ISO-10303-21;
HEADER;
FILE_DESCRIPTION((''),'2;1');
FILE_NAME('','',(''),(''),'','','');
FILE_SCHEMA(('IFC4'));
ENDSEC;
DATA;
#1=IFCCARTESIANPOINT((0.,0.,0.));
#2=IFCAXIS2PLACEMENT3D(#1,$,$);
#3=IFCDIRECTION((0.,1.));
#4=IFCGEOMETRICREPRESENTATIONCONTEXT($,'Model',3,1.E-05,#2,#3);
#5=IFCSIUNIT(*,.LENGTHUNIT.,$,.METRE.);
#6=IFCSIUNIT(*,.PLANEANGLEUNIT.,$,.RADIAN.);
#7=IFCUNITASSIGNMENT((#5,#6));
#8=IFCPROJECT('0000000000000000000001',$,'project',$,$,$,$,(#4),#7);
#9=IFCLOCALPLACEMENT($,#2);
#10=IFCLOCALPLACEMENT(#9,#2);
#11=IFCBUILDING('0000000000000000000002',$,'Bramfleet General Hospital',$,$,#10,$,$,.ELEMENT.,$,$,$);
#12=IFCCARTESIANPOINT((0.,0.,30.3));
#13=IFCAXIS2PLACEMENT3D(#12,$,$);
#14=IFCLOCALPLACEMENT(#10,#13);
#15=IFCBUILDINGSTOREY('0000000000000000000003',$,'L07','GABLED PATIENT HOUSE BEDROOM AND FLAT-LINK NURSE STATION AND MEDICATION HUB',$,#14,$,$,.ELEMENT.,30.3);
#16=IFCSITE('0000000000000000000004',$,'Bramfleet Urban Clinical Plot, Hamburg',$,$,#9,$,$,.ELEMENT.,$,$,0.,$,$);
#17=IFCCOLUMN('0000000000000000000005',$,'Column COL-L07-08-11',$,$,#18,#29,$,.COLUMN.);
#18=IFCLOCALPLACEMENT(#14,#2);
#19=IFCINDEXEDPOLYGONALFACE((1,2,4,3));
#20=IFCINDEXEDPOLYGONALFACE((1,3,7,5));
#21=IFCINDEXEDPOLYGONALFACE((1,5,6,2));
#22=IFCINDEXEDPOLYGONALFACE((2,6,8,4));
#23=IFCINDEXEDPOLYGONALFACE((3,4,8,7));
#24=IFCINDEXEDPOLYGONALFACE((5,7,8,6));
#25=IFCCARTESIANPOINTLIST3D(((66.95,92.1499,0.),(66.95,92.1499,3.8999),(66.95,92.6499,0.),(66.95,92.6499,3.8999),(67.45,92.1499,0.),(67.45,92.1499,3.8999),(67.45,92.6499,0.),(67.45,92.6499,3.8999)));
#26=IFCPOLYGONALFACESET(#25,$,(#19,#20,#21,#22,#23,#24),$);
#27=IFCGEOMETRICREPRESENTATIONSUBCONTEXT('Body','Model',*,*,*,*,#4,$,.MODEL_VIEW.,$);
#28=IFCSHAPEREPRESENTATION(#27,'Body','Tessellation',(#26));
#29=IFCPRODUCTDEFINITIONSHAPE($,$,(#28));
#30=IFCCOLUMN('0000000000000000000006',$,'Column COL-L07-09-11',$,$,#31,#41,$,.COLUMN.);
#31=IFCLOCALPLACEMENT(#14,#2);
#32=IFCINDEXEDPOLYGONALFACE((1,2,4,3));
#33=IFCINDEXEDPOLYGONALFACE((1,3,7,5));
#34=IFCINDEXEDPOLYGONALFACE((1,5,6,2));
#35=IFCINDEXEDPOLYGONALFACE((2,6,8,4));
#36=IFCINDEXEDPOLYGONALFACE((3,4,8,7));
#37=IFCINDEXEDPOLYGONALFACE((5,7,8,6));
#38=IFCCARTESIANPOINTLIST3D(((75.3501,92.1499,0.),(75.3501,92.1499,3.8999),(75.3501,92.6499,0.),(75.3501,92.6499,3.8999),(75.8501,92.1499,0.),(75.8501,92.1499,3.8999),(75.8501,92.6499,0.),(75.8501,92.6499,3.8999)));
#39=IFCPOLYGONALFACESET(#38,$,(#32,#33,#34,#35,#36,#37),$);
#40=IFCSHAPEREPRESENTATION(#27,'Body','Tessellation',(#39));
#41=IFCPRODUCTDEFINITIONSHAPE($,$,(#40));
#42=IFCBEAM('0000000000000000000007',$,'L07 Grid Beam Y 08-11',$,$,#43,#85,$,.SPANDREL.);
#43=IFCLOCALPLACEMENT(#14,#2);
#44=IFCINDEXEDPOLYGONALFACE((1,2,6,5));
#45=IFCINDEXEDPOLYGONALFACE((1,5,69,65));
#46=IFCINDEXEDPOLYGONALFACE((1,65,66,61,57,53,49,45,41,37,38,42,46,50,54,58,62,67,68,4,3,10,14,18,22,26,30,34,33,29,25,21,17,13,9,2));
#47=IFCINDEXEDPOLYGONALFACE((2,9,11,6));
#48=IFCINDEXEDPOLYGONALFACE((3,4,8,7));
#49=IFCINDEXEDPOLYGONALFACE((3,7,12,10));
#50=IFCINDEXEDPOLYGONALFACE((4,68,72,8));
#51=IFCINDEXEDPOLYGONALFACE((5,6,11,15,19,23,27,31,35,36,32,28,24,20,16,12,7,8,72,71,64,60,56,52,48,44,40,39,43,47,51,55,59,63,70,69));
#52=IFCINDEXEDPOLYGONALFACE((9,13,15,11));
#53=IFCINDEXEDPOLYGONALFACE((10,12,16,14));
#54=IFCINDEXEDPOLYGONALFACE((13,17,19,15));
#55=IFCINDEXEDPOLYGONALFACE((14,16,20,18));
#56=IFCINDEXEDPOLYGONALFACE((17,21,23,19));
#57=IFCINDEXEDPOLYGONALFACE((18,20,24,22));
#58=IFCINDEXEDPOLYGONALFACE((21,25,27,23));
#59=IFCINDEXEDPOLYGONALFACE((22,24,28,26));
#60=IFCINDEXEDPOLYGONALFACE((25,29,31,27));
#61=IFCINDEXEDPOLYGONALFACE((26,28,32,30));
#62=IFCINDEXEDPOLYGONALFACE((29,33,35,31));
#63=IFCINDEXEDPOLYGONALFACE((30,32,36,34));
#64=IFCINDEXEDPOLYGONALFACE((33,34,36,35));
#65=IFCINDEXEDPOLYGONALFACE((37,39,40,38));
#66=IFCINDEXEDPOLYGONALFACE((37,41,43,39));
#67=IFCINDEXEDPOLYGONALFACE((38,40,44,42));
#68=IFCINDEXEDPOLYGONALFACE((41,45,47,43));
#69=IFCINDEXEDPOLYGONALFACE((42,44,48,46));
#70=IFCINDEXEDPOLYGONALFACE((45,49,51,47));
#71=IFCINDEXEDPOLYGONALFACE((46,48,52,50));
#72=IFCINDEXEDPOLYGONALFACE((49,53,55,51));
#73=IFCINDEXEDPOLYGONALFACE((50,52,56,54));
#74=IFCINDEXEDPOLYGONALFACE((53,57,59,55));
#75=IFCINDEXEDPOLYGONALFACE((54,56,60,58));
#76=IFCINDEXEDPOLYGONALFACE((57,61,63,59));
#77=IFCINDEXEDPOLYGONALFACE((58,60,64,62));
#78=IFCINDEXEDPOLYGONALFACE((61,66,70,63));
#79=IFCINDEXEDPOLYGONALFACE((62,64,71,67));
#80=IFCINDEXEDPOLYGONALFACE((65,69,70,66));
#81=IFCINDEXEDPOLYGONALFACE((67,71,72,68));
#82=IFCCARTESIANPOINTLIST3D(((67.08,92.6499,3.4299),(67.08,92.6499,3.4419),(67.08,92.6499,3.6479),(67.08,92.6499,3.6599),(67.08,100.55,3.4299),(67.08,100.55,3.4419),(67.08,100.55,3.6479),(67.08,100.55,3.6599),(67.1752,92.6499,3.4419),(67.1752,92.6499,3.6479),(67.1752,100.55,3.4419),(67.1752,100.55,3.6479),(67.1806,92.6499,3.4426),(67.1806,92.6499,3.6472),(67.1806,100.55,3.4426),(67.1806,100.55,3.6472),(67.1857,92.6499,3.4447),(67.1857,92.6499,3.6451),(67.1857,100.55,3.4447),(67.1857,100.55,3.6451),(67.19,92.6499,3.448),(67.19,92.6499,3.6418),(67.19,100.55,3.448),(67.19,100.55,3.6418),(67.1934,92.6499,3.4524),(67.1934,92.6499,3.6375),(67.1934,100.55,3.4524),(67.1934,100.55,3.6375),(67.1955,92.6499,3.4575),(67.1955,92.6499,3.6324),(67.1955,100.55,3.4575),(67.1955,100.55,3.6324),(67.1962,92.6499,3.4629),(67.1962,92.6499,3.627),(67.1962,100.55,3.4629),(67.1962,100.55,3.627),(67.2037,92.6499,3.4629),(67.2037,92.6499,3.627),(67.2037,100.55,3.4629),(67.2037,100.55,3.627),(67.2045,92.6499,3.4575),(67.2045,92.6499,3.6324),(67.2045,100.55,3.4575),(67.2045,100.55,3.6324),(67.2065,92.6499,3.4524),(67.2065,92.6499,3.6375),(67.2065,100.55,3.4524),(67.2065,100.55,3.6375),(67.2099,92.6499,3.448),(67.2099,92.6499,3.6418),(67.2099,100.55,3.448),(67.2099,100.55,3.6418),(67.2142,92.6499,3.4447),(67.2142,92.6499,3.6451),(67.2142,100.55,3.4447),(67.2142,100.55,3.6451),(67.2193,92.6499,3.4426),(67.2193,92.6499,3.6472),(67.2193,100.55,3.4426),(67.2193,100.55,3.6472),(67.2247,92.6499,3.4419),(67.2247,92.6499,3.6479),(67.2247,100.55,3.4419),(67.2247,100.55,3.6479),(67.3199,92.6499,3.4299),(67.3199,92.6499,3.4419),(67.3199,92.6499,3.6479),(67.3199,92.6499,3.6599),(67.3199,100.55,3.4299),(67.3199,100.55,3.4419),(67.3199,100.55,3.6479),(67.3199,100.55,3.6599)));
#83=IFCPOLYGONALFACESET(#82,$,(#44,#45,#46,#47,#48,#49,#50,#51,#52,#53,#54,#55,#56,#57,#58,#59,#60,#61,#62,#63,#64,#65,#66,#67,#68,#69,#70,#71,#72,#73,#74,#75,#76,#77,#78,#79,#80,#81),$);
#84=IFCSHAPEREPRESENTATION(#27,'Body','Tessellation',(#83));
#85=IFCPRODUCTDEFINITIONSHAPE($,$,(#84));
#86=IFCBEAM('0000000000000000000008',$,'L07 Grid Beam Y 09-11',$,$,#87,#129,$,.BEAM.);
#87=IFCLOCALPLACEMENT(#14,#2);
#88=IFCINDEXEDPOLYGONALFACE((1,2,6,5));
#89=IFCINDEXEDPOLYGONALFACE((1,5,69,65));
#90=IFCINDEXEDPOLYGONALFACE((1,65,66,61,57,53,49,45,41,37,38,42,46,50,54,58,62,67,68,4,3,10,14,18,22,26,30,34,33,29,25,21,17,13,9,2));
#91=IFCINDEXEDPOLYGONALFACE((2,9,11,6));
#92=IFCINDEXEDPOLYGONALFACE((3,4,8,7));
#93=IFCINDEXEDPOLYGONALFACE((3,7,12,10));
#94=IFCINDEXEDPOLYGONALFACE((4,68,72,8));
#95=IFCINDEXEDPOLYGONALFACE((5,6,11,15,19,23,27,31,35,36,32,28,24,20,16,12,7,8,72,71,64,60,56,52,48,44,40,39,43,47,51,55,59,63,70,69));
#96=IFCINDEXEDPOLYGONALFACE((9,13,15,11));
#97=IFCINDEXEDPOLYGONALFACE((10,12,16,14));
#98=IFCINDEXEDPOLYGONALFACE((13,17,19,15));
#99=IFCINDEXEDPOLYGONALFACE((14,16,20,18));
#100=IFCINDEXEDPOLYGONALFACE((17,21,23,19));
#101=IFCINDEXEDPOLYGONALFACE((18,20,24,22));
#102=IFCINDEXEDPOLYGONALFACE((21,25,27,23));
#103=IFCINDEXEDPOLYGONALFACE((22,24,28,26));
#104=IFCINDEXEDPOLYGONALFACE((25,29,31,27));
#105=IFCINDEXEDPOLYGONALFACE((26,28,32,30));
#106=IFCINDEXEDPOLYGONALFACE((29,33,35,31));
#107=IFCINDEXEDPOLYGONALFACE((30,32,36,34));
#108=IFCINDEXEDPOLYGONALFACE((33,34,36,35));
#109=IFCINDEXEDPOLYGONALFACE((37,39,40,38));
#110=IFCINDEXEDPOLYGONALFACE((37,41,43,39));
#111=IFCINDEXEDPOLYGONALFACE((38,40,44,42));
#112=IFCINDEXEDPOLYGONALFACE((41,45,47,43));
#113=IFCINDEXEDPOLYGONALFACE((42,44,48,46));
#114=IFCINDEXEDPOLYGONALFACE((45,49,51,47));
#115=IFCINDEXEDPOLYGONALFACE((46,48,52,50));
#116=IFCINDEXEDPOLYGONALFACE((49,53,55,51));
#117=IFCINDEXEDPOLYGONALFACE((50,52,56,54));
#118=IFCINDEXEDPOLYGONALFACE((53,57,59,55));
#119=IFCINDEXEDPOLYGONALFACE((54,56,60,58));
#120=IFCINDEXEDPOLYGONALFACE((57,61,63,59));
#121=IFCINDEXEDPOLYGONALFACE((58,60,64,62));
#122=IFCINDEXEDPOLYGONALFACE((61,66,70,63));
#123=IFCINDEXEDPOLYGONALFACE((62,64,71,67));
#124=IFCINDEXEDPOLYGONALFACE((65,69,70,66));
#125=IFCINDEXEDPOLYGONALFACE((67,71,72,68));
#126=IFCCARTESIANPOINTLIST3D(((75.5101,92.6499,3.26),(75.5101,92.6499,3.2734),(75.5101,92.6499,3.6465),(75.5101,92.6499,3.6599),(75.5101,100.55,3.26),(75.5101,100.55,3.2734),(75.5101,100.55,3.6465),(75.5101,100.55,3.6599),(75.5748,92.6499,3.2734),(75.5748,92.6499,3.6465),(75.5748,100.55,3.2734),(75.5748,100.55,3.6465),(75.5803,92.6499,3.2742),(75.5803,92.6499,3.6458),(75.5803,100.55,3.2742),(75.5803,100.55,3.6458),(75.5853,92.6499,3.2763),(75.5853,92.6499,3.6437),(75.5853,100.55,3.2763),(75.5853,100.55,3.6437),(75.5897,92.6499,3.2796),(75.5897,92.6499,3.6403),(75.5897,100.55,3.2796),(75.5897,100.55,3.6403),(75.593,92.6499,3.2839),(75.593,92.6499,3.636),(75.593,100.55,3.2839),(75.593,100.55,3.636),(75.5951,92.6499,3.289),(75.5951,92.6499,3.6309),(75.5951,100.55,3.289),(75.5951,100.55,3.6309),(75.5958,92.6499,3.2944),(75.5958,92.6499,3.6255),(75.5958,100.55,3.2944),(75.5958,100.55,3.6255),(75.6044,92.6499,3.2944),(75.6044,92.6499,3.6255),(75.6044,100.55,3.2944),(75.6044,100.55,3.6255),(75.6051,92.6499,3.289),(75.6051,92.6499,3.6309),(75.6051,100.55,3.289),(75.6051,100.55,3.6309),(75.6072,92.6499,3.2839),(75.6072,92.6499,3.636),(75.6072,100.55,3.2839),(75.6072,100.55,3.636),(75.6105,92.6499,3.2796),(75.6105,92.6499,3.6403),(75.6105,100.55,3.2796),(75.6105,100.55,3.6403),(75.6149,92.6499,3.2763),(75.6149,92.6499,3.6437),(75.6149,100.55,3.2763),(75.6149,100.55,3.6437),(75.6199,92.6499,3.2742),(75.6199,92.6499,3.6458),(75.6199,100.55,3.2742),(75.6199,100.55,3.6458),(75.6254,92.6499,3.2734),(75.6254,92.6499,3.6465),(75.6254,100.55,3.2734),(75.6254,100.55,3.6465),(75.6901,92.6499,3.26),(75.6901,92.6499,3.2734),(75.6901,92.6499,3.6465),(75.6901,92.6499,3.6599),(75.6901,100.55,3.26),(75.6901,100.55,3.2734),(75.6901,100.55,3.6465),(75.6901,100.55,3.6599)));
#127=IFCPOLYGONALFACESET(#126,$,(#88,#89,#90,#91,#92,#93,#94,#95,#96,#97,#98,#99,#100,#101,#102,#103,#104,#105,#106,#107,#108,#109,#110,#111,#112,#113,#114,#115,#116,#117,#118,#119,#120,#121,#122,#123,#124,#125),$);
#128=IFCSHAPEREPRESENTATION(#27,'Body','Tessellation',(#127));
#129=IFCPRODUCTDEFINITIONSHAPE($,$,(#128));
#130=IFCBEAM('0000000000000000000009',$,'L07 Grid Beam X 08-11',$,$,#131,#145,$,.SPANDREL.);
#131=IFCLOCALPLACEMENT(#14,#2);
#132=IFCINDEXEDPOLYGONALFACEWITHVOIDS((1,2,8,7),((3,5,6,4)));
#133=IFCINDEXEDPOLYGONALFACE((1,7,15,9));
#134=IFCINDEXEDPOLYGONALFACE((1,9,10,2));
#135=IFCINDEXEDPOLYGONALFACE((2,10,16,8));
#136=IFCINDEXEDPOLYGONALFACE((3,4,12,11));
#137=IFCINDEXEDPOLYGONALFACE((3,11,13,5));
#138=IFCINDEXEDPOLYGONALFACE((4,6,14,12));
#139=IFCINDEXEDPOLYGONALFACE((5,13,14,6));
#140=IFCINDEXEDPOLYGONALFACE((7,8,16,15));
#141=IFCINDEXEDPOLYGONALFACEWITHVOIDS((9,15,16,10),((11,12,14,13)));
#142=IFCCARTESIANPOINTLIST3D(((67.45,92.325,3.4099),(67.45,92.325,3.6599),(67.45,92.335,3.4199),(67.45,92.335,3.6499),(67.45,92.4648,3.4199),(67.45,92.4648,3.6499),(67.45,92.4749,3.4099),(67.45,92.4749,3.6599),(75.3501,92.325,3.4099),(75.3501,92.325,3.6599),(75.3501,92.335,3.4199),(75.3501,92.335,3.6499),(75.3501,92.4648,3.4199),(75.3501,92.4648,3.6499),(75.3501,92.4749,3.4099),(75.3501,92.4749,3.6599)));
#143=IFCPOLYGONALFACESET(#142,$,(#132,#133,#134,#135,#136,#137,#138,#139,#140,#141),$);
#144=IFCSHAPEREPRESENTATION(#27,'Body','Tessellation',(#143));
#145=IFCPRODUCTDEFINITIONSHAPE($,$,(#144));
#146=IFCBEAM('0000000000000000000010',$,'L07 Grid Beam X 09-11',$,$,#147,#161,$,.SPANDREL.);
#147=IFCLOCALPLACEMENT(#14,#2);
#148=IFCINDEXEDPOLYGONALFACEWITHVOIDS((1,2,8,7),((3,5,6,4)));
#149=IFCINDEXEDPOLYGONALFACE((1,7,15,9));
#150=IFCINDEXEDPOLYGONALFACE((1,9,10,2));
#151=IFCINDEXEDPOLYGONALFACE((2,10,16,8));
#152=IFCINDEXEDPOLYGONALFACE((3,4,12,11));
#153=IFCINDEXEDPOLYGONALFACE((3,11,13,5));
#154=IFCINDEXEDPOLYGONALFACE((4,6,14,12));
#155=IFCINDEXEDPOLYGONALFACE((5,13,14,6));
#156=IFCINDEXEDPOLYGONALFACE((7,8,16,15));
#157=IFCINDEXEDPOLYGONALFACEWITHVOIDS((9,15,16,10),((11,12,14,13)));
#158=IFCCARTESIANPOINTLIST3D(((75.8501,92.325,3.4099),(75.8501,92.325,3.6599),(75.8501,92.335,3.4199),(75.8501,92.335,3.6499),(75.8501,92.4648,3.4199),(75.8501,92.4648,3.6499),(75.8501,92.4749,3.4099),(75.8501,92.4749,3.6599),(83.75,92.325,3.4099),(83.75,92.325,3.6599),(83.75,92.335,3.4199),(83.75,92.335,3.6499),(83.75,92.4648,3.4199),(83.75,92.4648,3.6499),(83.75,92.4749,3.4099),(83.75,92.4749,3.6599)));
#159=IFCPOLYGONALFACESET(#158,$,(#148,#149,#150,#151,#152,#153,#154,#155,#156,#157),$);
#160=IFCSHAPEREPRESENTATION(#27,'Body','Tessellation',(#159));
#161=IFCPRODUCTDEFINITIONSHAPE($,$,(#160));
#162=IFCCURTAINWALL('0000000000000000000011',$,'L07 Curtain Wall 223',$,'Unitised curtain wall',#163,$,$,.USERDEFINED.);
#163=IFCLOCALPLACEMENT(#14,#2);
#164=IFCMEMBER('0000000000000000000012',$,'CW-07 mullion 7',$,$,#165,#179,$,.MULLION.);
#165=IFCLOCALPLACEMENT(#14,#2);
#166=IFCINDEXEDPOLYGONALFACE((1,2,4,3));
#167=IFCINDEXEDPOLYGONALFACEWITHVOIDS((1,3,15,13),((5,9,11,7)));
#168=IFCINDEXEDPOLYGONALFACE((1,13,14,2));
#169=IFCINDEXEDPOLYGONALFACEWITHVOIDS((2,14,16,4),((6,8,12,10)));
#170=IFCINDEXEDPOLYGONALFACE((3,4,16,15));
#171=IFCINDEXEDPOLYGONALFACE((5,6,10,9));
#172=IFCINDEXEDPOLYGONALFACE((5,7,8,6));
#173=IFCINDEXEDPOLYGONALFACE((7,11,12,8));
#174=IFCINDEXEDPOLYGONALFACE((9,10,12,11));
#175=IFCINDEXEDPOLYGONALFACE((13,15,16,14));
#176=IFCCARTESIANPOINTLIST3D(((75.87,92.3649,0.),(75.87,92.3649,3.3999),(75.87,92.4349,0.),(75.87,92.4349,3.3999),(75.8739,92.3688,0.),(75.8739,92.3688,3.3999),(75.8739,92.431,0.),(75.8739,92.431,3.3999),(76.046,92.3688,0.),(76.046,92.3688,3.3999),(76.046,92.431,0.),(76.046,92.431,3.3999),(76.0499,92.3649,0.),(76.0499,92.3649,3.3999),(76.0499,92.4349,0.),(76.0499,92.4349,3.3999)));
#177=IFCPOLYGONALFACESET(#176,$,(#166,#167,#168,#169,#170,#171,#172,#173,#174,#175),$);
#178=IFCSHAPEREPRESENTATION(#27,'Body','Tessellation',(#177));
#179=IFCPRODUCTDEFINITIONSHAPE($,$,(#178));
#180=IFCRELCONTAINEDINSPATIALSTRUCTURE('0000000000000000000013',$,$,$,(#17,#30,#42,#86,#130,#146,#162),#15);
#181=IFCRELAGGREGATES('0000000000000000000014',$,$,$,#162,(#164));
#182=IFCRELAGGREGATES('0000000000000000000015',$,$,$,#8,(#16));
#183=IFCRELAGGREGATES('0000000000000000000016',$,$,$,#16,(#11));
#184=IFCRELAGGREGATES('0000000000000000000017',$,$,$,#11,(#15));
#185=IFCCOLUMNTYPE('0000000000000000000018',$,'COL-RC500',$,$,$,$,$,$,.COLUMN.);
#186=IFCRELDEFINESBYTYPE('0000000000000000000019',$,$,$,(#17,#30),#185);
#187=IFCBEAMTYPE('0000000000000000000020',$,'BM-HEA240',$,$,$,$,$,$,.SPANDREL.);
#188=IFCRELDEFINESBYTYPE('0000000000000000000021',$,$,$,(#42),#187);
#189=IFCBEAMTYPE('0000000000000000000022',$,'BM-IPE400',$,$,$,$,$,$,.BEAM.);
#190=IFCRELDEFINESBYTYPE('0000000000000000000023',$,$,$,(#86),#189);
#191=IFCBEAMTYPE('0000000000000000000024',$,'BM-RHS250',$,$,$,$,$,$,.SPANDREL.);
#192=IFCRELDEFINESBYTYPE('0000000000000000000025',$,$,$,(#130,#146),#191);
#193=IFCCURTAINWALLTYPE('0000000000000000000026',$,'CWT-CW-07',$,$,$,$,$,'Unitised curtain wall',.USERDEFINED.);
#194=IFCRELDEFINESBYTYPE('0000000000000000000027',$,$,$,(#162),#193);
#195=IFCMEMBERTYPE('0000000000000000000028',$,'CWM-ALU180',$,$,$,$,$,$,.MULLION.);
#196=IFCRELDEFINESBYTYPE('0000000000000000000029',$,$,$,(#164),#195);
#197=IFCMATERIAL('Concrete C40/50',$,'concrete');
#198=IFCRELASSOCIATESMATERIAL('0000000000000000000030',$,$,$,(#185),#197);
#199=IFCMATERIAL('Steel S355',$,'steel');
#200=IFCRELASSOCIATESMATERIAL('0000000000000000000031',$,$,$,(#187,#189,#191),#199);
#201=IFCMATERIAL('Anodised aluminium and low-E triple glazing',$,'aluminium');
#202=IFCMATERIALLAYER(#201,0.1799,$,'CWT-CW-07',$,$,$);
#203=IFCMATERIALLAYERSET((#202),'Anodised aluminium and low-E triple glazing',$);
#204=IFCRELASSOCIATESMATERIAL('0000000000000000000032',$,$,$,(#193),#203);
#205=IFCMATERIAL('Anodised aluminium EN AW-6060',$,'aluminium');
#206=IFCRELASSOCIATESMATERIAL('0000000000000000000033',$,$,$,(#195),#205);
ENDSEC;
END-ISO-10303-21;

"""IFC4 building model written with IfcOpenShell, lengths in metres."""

from ifc_helpers import new_model, si_unit, direction, frame, origin, origin_2d, place, context, subcontext, project, spatial, rectangle, hollow_rectangle, i_section, extrude, material, layer, layer_set, material_profile, profile_set, type_object, element, aggregate, save


model = new_model("IFC4")

# Units and contexts
model_context = context("Model", 3, precision=1e-05, world=origin(), true_north=direction((0.0, 1.0)))
body_context = subcontext(model_context, "Body", "Model", "MODEL_VIEW")
ifc_project = project(units=[si_unit("LENGTHUNIT", "METRE"), si_unit("PLANEANGLEUNIT", "RADIAN")], contexts=[model_context])

# Site, building, storey
site_placement = place(None, origin())
site = spatial("IfcSite", under=ifc_project, at=site_placement, Name="Bramfleet Urban Clinical Plot, Hamburg", CompositionType="ELEMENT", RefElevation=0.0)
building_placement = place(site_placement, origin())
building = spatial("IfcBuilding", under=site, at=building_placement, Name="Bramfleet General Hospital", CompositionType="ELEMENT")
storey_placement = place(building_placement, frame((0.0, 0.0, 30.3)))
storey = spatial("IfcBuildingStorey", under=building, at=storey_placement, Name="L07", Description="GABLED PATIENT HOUSE BEDROOM AND FLAT-LINK NURSE STATION AND MEDICATION HUB", CompositionType="ELEMENT", Elevation=30.3)

# Columns
ifc_material_1 = material(Name="Concrete C40/50", Category="concrete")
ifc_material_profile_1 = material_profile(ifc_material_1, rectangle(XDim=0.5, YDim=0.5, at=origin_2d()), Name="RC COL 500x500")
ifc_profile_set_1 = profile_set([ifc_material_profile_1], Name="Concrete C40/50")
column_type = type_object("IfcColumnType", Name="COL-RC500", PredefinedType="COLUMN", material=ifc_profile_set_1)
for number, where, z_axis, x_axis, name in (
    (1, (67.2, 92.3999, 0.0), (0.0, 0.0, 1.0), (1.0, 0.0, 0.0), "Column COL-L07-08-11"),
    (2, (75.6001, 92.3999, 0.0), (0.0, 0.0, 1.0), (1.0, 0.0, 0.0), "Column COL-L07-09-11"),
):
    element("IfcColumn", number, at=place(storey_placement, frame(where, z_axis=z_axis, x_axis=x_axis)), inside=storey, type_object=column_type, Name=name, PredefinedType="COLUMN", context=body_context, shape_type="SweptSolid", body=[
        extrude(rectangle(XDim=0.5, YDim=0.5, at=origin_2d()), origin(), (0.0, 0.0, 1.0), 3.8999),
    ])

# Beams
ifc_material_2 = material(Name="Steel S355", Category="steel")
ifc_material_profile_2 = material_profile(ifc_material_2, i_section(OverallWidth=0.24, OverallDepth=0.23, WebThickness=0.0076, FlangeThickness=0.012, FilletRadius=0.021, at=origin_2d()), Name="HEA 240")
ifc_profile_set_2 = profile_set([ifc_material_profile_2], Name="Steel S355")
beam_type_1 = type_object("IfcBeamType", Name="BM-HEA240", PredefinedType="SPANDREL", material=ifc_profile_set_2)
beam_1_placement = place(storey_placement, frame((67.2, 92.6499, 3.5449), z_axis=(0.0, 1.0, 0.0), x_axis=(-1.0, 0.0, 0.0)))
element("IfcBeam", 3, at=beam_1_placement, inside=storey, type_object=beam_type_1, Name="L07 Grid Beam Y 08-11", PredefinedType="SPANDREL", context=body_context, shape_type="SweptSolid", body=[
    extrude(i_section(OverallWidth=0.24, OverallDepth=0.23, WebThickness=0.0076, FlangeThickness=0.012, FilletRadius=0.021, at=origin_2d()), origin(), (0.0, 0.0, 1.0), 7.9001),
])
ifc_material_profile_3 = material_profile(ifc_material_2, i_section(OverallWidth=0.1799, OverallDepth=0.3999, WebThickness=0.0085, FlangeThickness=0.0134, FilletRadius=0.021, at=origin_2d()), Name="IPE 400")
ifc_profile_set_3 = profile_set([ifc_material_profile_3], Name="Steel S355")
beam_type_2 = type_object("IfcBeamType", Name="BM-IPE400", PredefinedType="BEAM", material=ifc_profile_set_3)
beam_2_placement = place(storey_placement, frame((75.6001, 92.6499, 3.46), z_axis=(0.0, 1.0, 0.0), x_axis=(-1.0, 0.0, 0.0)))
element("IfcBeam", 4, at=beam_2_placement, inside=storey, type_object=beam_type_2, Name="L07 Grid Beam Y 09-11", PredefinedType="BEAM", context=body_context, shape_type="SweptSolid", body=[
    extrude(i_section(OverallWidth=0.1799, OverallDepth=0.3999, WebThickness=0.0085, FlangeThickness=0.0134, FilletRadius=0.021, at=origin_2d()), origin(), (0.0, 0.0, 1.0), 7.9001),
])
ifc_material_profile_4 = material_profile(ifc_material_2, hollow_rectangle(XDim=0.1499, YDim=0.25, WallThickness=0.01, at=origin_2d()), Name="RHS 250x150x10.0")
ifc_profile_set_4 = profile_set([ifc_material_profile_4], Name="Steel S355")
beam_type_3 = type_object("IfcBeamType", Name="BM-RHS250", PredefinedType="SPANDREL", material=ifc_profile_set_4)
beam_3_placement = place(storey_placement, frame((67.45, 92.3999, 3.5349), z_axis=(1.0, 0.0, 0.0), x_axis=(0.0, 1.0, 0.0)))
element("IfcBeam", 5, at=beam_3_placement, inside=storey, type_object=beam_type_3, Name="L07 Grid Beam X 08-11", PredefinedType="SPANDREL", context=body_context, shape_type="SweptSolid", body=[
    extrude(hollow_rectangle(XDim=0.1499, YDim=0.25, WallThickness=0.01, at=origin_2d()), origin(), (0.0, 0.0, 1.0), 7.9001),
])
beam_4_placement = place(storey_placement, frame((75.8501, 92.3999, 3.5349), z_axis=(1.0, 0.0, 0.0), x_axis=(0.0, 1.0, 0.0)))
element("IfcBeam", 6, at=beam_4_placement, inside=storey, type_object=beam_type_3, Name="L07 Grid Beam X 09-11", PredefinedType="SPANDREL", context=body_context, shape_type="SweptSolid", body=[
    extrude(hollow_rectangle(XDim=0.1499, YDim=0.25, WallThickness=0.01, at=origin_2d()), origin(), (0.0, 0.0, 1.0), 7.8999),
])

# Curtain wall, member
ifc_material_3 = material(Name="Anodised aluminium and low-E triple glazing", Category="aluminium")
ifc_layer_1 = layer(ifc_material_3, 0.1799, Name="CWT-CW-07")
ifc_layer_set_1 = layer_set([ifc_layer_1], Name="Anodised aluminium and low-E triple glazing")
curtain_wall_type = type_object("IfcCurtainWallType", Name="CWT-CW-07", ElementType="Unitised curtain wall", PredefinedType="USERDEFINED", material=ifc_layer_set_1)
curtain_wall_placement = place(storey_placement, origin())
curtain_wall = element("IfcCurtainWall", 7, at=curtain_wall_placement, inside=storey, type_object=curtain_wall_type, Name="L07 Curtain Wall 223", ObjectType="Unitised curtain wall", PredefinedType="USERDEFINED")
ifc_material_4 = material(Name="Anodised aluminium EN AW-6060", Category="aluminium")
ifc_material_profile_5 = material_profile(ifc_material_4, hollow_rectangle(XDim=0.0701, YDim=0.1799, WallThickness=0.0039, at=origin_2d()), Name="ALU 180x70x4.0")
ifc_profile_set_5 = profile_set([ifc_material_profile_5], Name="Anodised aluminium EN AW-6060")
member_type_1 = type_object("IfcMemberType", Name="CWM-ALU180", PredefinedType="MULLION", material=ifc_profile_set_5)
member_1_placement = place(storey_placement, frame((75.96, 92.3999, 0.0), z_axis=(0.0, 0.0, 1.0), x_axis=(0.0, -1.0, 0.0)))
member_1 = element("IfcMember", 8, at=member_1_placement, type_object=member_type_1, Name="CW-07 mullion 7", PredefinedType="MULLION", context=body_context, shape_type="SweptSolid", body=[
    extrude(hollow_rectangle(XDim=0.0701, YDim=0.1799, WallThickness=0.0039, at=origin_2d()), origin(), (0.0, 0.0, 1.0), 3.3999),
])
aggregate(curtain_wall, [member_1])

save(model, "model.ifc")
